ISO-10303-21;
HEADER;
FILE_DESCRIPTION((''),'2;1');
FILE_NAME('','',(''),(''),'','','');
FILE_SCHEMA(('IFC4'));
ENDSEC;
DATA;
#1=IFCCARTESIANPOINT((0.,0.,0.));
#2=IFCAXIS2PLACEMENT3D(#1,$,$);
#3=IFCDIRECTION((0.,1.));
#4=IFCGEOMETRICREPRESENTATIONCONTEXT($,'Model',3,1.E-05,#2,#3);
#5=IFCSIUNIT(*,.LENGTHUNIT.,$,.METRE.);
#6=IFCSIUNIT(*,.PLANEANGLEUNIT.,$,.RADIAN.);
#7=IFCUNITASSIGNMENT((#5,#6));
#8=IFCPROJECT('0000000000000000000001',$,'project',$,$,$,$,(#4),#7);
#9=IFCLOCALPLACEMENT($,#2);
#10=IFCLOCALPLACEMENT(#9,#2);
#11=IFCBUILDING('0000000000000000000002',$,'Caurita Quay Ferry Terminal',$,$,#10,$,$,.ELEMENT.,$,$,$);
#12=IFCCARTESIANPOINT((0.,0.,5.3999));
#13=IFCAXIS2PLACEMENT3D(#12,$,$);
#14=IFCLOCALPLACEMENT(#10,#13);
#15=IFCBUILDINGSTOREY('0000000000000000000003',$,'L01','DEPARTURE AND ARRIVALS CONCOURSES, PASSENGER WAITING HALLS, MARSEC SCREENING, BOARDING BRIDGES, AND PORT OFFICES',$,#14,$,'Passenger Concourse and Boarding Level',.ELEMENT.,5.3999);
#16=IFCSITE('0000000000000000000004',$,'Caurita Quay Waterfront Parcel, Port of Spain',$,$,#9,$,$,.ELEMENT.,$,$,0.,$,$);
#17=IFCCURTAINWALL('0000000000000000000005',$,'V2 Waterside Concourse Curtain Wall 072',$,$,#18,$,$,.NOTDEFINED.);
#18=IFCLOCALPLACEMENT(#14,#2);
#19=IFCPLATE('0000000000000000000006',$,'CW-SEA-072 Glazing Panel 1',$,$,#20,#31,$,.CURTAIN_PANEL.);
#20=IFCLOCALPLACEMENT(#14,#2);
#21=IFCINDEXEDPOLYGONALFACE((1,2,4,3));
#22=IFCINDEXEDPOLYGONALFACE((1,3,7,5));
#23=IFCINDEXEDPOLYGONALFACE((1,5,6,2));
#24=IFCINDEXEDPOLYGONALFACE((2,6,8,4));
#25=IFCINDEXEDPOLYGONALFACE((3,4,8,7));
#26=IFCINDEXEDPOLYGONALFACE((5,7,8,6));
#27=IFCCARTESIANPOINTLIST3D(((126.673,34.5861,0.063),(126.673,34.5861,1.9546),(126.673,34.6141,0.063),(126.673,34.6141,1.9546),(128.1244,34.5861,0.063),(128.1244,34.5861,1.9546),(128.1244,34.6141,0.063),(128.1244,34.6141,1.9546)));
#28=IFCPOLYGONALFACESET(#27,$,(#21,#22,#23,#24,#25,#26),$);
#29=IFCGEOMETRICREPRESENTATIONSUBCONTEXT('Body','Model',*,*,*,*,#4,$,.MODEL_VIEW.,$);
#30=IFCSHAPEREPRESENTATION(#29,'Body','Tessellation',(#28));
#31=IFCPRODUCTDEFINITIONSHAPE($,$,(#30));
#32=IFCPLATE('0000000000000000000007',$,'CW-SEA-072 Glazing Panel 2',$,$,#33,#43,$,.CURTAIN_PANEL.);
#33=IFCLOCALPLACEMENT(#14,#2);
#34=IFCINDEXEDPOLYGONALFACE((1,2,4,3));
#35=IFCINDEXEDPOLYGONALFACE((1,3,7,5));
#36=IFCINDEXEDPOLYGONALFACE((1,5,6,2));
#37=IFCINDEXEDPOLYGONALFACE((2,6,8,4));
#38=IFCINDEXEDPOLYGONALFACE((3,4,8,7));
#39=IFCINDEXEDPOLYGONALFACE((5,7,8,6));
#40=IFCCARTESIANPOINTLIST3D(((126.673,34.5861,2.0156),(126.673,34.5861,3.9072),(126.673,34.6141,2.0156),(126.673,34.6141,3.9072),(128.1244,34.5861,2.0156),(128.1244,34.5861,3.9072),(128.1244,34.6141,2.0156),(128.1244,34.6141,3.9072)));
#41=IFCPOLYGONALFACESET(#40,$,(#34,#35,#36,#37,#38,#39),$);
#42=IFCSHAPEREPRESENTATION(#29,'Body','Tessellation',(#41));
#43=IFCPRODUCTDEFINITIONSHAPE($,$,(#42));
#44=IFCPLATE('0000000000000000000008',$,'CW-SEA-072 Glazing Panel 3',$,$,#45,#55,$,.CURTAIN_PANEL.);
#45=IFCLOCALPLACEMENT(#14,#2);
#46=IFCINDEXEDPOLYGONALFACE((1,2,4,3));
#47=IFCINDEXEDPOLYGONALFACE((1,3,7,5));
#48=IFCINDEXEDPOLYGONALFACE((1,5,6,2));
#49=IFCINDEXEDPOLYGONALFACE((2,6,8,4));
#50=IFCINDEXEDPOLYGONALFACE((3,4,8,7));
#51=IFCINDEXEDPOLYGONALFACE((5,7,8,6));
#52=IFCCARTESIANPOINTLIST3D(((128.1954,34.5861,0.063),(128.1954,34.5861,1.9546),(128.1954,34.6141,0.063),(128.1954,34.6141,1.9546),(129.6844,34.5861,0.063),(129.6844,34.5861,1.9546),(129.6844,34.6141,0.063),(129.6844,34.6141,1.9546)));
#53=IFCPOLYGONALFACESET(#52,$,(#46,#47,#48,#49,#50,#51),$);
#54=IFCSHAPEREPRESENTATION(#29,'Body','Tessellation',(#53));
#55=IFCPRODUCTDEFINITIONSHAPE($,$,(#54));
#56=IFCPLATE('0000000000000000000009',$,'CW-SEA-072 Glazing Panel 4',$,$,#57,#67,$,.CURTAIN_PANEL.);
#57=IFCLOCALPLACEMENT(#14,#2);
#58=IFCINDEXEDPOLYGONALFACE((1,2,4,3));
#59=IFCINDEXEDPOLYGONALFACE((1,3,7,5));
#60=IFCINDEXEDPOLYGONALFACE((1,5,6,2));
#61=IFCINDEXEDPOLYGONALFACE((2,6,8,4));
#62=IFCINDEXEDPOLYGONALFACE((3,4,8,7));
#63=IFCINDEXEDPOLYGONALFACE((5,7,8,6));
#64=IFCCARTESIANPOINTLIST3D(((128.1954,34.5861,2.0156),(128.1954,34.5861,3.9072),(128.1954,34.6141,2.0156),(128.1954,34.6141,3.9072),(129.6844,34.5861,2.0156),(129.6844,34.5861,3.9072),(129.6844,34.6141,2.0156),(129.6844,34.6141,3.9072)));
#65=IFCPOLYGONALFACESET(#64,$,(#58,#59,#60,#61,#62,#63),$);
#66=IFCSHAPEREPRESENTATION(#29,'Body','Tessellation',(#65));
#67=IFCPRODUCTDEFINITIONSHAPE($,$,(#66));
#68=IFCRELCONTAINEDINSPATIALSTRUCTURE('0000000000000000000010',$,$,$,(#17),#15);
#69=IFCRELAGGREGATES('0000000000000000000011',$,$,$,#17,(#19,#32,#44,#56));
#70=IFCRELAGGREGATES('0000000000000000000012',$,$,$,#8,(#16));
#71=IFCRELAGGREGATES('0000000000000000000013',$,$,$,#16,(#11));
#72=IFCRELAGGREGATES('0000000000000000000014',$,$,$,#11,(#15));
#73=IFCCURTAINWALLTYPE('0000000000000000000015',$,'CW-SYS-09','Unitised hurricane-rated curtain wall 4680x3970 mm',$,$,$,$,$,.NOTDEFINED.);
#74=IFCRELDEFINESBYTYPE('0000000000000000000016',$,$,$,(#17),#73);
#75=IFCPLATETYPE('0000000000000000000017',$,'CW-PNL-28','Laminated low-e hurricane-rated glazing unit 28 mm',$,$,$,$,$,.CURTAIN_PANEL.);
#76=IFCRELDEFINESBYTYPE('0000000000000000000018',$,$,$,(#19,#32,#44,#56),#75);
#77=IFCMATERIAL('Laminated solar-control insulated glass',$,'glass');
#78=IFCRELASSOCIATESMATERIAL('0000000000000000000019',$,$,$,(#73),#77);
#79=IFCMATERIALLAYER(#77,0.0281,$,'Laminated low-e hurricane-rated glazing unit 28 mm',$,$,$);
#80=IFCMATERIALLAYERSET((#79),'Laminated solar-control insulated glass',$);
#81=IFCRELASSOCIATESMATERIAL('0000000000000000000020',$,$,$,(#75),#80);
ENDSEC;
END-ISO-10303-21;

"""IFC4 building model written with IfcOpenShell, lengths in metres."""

from ifc_helpers import new_model, si_unit, direction, frame, origin, origin_2d, place, context, subcontext, project, spatial, rectangle, extrude, material, layer, layer_set, type_object, element, aggregate, save


model = new_model("IFC4")

# Units and contexts
model_context = context("Model", 3, precision=1e-05, world=origin(), true_north=direction((0.0, 1.0)))
body_context = subcontext(model_context, "Body", "Model", "MODEL_VIEW")
ifc_project = project(units=[si_unit("LENGTHUNIT", "METRE"), si_unit("PLANEANGLEUNIT", "RADIAN")], contexts=[model_context])

# Site, building, storey
site_placement = place(None, origin())
site = spatial("IfcSite", under=ifc_project, at=site_placement, Name="Caurita Quay Waterfront Parcel, Port of Spain", CompositionType="ELEMENT", RefElevation=0.0)
building_placement = place(site_placement, origin())
building = spatial("IfcBuilding", under=site, at=building_placement, Name="Caurita Quay Ferry Terminal", CompositionType="ELEMENT")
storey_placement = place(building_placement, frame((0.0, 0.0, 5.3999)))
storey = spatial("IfcBuildingStorey", under=building, at=storey_placement, Name="L01", Description="DEPARTURE AND ARRIVALS CONCOURSES, PASSENGER WAITING HALLS, MARSEC SCREENING, BOARDING BRIDGES, AND PORT OFFICES", LongName="Passenger Concourse and Boarding Level", CompositionType="ELEMENT", Elevation=5.3999)

# Curtain wall
ifc_material_1 = material(Name="Laminated solar-control insulated glass", Category="glass")
curtain_wall_type = type_object("IfcCurtainWallType", Name="CW-SYS-09", Description="Unitised hurricane-rated curtain wall 4680x3970 mm", PredefinedType="NOTDEFINED", material=ifc_material_1)
curtain_wall_1_placement = place(storey_placement, origin())
curtain_wall_1 = element("IfcCurtainWall", 1, at=curtain_wall_1_placement, inside=storey, type_object=curtain_wall_type, Name="V2 Waterside Concourse Curtain Wall 072", PredefinedType="NOTDEFINED")

# Plates
ifc_layer = layer(ifc_material_1, 0.0281, Name="Laminated low-e hurricane-rated glazing unit 28 mm")
ifc_layer_set = layer_set([ifc_layer], Name="Laminated solar-control insulated glass")
plate_type = type_object("IfcPlateType", Name="CW-PNL-28", Description="Laminated low-e hurricane-rated glazing unit 28 mm", PredefinedType="CURTAIN_PANEL", material=ifc_layer_set)
plate_1_placement = place(storey_placement, frame((127.3987, 34.6001, 0.063), z_axis=(0.0, 0.0, 1.0), x_axis=(1.0, 0.0, 0.0)))
plate_1 = element("IfcPlate", 2, at=plate_1_placement, type_object=plate_type, Name="CW-SEA-072 Glazing Panel 1", PredefinedType="CURTAIN_PANEL", context=body_context, shape_type="SweptSolid", body=[
    extrude(rectangle(XDim=1.4514, YDim=0.0281, at=origin_2d()), origin(), (0.0, 0.0, 1.0), 1.8916),
])
plate_2_placement = place(storey_placement, frame((127.3987, 34.6001, 2.0156), z_axis=(0.0, 0.0, 1.0), x_axis=(1.0, 0.0, 0.0)))
plate_2 = element("IfcPlate", 3, at=plate_2_placement, type_object=plate_type, Name="CW-SEA-072 Glazing Panel 2", PredefinedType="CURTAIN_PANEL", context=body_context, shape_type="SweptSolid", body=[
    extrude(rectangle(XDim=1.4514, YDim=0.0281, at=origin_2d()), origin(), (0.0, 0.0, 1.0), 1.8916),
])
plate_3_placement = place(storey_placement, frame((128.9399, 34.6001, 0.063), z_axis=(0.0, 0.0, 1.0), x_axis=(1.0, 0.0, 0.0)))
plate_3 = element("IfcPlate", 4, at=plate_3_placement, type_object=plate_type, Name="CW-SEA-072 Glazing Panel 3", PredefinedType="CURTAIN_PANEL", context=body_context, shape_type="SweptSolid", body=[
    extrude(rectangle(XDim=1.489, YDim=0.0281, at=origin_2d()), origin(), (0.0, 0.0, 1.0), 1.8916),
])
plate_4_placement = place(storey_placement, frame((128.9399, 34.6001, 2.0156), z_axis=(0.0, 0.0, 1.0), x_axis=(1.0, 0.0, 0.0)))
plate_4 = element("IfcPlate", 5, at=plate_4_placement, type_object=plate_type, Name="CW-SEA-072 Glazing Panel 4", PredefinedType="CURTAIN_PANEL", context=body_context, shape_type="SweptSolid", body=[
    extrude(rectangle(XDim=1.489, YDim=0.0281, at=origin_2d()), origin(), (0.0, 0.0, 1.0), 1.8916),
])
aggregate(curtain_wall_1, [plate_1, plate_2, plate_3, plate_4])

save(model, "model.ifc")
